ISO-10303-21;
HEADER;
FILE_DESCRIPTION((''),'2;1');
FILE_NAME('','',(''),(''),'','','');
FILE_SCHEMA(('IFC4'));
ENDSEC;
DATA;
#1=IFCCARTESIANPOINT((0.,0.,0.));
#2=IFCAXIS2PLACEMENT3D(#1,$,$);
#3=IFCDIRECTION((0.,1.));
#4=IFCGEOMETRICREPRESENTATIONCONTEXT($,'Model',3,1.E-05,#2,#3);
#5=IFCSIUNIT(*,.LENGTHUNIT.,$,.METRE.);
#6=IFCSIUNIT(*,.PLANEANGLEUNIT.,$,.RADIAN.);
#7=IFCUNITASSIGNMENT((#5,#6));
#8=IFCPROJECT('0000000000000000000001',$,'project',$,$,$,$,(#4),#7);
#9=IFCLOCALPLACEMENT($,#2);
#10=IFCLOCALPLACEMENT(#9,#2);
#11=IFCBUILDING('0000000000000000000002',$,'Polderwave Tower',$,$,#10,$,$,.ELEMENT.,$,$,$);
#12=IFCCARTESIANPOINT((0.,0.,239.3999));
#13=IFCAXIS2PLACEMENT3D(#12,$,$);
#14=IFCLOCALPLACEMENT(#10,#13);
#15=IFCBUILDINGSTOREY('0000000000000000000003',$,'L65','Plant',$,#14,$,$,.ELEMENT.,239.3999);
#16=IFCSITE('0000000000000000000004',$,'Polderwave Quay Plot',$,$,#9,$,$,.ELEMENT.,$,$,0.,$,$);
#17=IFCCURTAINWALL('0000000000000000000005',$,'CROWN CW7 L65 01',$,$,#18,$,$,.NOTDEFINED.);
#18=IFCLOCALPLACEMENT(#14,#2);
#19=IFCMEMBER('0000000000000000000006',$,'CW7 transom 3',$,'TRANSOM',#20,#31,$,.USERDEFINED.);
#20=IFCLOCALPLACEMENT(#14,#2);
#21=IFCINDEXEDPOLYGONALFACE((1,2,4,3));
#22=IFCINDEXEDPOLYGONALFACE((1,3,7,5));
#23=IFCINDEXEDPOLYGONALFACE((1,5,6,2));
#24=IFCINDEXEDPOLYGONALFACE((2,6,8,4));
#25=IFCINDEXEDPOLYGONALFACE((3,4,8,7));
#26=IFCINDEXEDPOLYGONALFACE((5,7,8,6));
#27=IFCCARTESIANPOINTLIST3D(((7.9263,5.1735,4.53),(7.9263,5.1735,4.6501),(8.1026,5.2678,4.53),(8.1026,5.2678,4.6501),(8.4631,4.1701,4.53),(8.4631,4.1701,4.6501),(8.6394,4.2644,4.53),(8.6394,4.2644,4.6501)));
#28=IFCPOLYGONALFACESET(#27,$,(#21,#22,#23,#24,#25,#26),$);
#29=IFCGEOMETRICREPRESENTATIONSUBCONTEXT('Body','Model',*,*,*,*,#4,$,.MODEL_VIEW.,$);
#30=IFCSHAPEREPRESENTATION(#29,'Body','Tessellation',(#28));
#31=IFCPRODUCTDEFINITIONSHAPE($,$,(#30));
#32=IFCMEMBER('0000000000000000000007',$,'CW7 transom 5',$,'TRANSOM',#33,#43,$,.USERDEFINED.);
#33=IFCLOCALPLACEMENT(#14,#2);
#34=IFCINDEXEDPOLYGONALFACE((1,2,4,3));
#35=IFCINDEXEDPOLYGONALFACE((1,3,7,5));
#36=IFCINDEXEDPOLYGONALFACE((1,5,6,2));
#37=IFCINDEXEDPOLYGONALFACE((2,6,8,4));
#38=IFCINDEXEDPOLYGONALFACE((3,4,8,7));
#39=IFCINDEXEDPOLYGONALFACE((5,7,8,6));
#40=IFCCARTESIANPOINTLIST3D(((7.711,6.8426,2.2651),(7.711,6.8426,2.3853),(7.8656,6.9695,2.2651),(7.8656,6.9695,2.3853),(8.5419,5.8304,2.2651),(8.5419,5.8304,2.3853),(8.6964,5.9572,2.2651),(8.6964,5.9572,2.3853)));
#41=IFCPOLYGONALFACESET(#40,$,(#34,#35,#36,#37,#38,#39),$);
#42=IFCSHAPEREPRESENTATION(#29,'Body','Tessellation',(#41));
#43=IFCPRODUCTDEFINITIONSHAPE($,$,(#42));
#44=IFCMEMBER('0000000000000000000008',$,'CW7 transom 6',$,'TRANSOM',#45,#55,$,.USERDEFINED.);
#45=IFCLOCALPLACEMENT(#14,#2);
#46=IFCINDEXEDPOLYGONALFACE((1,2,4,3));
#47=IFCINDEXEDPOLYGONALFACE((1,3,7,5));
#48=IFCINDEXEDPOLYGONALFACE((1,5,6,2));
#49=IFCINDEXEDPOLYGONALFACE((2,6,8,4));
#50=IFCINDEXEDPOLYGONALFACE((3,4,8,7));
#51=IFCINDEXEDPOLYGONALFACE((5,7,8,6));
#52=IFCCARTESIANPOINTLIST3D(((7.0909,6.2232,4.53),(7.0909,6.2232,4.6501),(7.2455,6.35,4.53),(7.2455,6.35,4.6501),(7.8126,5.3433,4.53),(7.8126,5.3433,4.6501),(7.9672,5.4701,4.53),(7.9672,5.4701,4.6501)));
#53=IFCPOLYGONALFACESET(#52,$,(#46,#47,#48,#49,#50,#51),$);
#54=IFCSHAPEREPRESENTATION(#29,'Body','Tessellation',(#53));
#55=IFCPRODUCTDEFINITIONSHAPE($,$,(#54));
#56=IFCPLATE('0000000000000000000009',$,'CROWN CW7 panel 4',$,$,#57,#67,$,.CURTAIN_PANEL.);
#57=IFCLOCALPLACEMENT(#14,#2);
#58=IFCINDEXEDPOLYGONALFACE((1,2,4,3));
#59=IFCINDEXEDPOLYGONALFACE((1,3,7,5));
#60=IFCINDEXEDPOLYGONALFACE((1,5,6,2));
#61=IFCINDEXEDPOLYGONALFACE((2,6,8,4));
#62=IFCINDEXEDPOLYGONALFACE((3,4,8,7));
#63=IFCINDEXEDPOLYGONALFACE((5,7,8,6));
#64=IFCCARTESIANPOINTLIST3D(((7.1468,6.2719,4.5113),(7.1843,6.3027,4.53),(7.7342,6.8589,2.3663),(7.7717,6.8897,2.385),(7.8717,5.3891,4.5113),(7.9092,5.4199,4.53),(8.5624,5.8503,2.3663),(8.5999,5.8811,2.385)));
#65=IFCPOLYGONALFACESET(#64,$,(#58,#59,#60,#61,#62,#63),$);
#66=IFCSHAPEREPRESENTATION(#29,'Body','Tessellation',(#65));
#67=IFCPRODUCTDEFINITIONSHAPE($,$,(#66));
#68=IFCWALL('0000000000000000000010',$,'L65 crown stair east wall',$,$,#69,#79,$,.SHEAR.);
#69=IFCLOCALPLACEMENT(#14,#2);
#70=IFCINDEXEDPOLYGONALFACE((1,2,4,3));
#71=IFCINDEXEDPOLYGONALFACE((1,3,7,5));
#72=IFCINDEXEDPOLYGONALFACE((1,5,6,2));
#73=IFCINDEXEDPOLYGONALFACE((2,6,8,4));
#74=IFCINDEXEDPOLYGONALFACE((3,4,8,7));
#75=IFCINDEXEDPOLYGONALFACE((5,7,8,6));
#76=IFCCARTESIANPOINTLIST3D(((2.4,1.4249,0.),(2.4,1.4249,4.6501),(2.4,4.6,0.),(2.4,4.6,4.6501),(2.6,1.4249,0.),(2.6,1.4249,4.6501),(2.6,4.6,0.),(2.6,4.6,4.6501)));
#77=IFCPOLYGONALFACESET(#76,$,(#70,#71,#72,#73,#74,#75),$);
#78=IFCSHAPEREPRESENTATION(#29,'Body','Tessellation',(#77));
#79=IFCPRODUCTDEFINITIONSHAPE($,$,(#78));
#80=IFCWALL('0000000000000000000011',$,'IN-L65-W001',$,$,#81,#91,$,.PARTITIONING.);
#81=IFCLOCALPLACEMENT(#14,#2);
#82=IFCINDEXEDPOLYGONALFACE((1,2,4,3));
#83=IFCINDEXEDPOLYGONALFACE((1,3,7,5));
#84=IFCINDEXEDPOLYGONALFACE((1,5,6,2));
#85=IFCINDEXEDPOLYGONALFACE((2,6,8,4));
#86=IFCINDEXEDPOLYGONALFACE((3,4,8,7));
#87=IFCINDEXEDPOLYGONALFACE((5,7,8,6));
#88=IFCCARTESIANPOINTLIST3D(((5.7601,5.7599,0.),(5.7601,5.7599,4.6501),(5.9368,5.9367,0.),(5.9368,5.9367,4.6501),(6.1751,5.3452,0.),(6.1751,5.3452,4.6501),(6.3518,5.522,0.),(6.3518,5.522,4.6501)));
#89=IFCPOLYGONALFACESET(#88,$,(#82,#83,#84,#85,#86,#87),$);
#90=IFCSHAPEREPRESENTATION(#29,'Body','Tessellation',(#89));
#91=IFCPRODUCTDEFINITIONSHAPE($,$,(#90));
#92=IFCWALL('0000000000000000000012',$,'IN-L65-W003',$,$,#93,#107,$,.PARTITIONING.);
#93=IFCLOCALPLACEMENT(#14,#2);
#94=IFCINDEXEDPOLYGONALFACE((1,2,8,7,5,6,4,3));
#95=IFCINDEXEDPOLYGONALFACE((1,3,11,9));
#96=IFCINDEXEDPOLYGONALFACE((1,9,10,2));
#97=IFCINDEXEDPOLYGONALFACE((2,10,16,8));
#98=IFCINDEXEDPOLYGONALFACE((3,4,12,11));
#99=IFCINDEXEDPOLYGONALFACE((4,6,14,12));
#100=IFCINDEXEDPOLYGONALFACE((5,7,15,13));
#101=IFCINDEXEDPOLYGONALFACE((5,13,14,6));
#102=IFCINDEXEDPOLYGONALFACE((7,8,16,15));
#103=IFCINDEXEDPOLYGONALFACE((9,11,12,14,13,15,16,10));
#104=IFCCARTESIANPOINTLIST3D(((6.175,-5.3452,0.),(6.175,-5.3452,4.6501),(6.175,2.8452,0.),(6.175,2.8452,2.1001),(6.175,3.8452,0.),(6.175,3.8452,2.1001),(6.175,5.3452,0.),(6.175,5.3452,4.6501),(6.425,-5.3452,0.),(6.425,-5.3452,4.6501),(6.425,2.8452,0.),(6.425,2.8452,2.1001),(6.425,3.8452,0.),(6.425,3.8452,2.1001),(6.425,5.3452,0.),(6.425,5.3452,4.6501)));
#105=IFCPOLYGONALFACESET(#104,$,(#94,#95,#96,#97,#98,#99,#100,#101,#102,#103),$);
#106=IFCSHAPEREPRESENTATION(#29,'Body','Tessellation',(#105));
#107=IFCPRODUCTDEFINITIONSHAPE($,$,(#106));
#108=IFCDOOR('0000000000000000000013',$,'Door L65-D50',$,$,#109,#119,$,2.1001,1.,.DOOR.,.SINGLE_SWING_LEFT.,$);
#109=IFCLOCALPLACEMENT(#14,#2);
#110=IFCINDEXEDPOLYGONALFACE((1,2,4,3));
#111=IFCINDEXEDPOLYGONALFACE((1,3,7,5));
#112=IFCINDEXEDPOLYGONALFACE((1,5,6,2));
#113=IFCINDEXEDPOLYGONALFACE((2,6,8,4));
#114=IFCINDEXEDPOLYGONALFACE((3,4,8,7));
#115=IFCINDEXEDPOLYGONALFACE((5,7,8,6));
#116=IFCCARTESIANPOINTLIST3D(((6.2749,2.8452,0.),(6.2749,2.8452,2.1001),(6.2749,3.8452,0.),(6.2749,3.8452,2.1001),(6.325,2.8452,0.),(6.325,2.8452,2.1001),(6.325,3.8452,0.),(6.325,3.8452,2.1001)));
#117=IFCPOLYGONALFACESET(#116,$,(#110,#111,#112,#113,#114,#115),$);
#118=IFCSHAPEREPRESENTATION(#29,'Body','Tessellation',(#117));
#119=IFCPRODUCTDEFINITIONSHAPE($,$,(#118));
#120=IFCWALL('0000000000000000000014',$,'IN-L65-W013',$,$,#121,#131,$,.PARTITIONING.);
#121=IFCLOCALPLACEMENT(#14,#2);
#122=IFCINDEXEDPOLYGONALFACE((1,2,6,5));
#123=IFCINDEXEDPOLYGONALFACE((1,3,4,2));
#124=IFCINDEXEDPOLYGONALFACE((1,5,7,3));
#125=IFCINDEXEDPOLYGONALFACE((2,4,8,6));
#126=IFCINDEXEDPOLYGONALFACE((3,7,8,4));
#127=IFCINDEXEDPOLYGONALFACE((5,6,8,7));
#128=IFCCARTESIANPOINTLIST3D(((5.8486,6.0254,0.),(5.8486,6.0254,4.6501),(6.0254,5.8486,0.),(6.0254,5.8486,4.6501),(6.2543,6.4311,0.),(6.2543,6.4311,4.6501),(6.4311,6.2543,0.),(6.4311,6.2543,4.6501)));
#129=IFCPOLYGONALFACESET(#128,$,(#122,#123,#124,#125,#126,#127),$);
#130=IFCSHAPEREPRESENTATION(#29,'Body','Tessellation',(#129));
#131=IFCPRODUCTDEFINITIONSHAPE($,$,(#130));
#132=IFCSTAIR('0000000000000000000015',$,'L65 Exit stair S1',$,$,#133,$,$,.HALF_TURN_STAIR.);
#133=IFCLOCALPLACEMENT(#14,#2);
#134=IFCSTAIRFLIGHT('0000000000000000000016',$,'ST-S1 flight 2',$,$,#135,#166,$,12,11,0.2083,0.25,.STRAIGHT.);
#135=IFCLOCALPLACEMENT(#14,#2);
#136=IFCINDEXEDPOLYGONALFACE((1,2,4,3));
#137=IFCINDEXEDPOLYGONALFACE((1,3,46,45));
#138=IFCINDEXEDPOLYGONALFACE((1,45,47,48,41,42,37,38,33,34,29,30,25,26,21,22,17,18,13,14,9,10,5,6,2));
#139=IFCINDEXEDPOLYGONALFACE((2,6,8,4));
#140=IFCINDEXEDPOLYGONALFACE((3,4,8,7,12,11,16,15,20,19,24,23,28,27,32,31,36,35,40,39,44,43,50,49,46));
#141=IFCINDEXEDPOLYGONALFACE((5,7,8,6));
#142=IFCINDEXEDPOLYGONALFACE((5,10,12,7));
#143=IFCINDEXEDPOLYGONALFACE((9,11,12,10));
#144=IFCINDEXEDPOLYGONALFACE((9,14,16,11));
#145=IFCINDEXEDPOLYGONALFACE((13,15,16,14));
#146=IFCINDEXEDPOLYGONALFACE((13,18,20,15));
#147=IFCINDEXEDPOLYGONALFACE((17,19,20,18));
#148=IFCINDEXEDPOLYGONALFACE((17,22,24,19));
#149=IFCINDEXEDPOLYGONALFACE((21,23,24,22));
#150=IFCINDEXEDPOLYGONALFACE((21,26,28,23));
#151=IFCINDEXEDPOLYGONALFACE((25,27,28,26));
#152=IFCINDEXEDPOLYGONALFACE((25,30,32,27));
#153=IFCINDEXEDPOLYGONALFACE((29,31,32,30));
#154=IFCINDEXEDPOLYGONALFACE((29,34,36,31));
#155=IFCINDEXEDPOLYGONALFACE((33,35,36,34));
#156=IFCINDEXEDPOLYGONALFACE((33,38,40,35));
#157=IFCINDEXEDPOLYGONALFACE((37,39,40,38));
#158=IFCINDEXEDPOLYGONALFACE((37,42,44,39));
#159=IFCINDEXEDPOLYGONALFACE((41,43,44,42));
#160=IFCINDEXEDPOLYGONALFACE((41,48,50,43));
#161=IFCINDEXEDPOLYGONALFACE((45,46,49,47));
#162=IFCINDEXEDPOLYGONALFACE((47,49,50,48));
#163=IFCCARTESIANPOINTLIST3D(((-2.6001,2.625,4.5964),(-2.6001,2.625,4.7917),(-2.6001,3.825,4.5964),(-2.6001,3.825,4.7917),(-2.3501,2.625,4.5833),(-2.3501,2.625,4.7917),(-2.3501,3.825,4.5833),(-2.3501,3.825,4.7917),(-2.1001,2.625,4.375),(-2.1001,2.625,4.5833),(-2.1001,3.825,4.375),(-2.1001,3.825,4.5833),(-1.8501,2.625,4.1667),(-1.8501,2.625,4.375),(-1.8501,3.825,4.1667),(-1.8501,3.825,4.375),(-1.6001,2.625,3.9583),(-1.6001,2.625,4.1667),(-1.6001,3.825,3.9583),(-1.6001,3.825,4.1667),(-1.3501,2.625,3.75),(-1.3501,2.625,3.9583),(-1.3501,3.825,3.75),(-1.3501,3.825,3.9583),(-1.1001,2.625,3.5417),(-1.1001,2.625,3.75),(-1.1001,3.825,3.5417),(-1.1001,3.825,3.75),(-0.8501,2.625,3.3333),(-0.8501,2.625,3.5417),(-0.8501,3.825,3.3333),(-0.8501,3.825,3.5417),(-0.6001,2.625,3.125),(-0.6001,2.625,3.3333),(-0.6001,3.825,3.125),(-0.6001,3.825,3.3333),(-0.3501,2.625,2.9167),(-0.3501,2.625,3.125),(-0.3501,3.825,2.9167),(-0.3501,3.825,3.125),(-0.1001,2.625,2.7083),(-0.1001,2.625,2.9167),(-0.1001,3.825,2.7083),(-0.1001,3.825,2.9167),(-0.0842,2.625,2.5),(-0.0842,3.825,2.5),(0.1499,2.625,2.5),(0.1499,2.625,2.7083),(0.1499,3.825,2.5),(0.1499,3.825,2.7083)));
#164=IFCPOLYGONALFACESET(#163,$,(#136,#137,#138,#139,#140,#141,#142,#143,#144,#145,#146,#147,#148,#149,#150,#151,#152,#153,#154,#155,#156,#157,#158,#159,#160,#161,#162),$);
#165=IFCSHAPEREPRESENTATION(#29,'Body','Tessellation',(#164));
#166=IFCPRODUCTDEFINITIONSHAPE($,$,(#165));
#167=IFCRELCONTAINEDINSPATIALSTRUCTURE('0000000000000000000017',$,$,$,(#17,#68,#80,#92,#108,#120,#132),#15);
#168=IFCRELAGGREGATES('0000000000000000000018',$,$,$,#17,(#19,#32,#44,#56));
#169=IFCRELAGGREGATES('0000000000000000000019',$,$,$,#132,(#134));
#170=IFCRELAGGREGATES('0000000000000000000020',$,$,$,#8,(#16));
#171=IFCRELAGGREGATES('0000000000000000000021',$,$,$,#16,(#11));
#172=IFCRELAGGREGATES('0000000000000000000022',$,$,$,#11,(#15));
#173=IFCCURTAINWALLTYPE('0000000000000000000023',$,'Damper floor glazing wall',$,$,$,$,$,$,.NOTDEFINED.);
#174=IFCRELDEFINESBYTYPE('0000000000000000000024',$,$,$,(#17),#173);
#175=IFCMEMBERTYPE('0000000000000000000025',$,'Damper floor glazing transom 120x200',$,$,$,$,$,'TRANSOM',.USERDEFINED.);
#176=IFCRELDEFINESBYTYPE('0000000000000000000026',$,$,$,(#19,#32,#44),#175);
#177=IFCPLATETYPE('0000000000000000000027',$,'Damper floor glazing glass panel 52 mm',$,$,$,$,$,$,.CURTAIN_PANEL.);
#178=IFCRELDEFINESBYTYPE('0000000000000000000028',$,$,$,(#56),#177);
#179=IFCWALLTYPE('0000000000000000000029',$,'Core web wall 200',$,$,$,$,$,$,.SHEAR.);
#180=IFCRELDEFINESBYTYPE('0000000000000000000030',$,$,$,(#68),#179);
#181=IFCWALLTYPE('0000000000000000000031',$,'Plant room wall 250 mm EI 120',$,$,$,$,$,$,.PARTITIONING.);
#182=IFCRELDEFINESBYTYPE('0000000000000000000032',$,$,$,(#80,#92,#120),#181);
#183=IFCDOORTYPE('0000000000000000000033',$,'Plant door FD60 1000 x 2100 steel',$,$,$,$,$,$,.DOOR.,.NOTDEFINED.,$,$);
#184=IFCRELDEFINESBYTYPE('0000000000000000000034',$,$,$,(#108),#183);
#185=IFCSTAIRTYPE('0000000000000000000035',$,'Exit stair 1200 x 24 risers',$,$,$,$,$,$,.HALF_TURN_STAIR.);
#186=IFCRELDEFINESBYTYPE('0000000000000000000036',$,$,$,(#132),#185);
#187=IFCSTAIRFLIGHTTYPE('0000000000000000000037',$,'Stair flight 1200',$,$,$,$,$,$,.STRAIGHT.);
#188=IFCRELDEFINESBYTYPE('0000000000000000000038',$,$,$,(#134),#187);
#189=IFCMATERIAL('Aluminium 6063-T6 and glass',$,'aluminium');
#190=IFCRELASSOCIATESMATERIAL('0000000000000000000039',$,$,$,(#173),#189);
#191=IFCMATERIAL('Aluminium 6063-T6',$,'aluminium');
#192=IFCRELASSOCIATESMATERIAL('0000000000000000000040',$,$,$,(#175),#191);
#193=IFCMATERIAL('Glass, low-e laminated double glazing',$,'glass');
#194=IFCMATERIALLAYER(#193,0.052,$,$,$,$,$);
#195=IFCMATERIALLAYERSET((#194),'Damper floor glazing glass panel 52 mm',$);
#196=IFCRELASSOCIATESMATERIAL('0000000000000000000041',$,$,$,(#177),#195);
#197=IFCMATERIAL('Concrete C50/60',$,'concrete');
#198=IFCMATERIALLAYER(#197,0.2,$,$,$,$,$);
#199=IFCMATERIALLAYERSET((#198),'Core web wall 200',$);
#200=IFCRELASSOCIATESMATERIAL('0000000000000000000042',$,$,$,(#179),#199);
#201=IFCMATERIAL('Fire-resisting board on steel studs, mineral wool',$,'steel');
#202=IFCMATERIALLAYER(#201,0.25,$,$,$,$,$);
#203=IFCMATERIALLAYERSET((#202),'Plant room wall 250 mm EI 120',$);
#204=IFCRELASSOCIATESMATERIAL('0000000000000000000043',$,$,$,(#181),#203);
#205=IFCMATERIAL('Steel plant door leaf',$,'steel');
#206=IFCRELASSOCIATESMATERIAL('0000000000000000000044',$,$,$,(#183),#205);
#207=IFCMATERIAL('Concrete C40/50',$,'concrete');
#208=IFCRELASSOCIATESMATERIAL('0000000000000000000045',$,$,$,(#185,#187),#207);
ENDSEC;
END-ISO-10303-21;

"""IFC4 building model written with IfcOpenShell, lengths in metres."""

from ifc_helpers import new_model, si_unit, direction, frame, frame_2d, origin, origin_2d, place, context, subcontext, project, spatial, polyline, rectangle, outline, extrude, material, layer, layer_set, material_profile, profile_set, type_object, element, fill, aggregate, save


model = new_model("IFC4")

# Units and contexts
model_context = context("Model", 3, precision=1e-05, world=origin(), true_north=direction((0.0, 1.0)))
body_context = subcontext(model_context, "Body", "Model", "MODEL_VIEW")
ifc_project = project(units=[si_unit("LENGTHUNIT", "METRE"), si_unit("PLANEANGLEUNIT", "RADIAN")], contexts=[model_context])

# Site, building, storey
site_placement = place(None, origin())
site = spatial("IfcSite", under=ifc_project, at=site_placement, Name="Polderwave Quay Plot", CompositionType="ELEMENT", RefElevation=0.0)
building_placement = place(site_placement, origin())
building = spatial("IfcBuilding", under=site, at=building_placement, Name="Polderwave Tower", CompositionType="ELEMENT")
storey_placement = place(building_placement, frame((0.0, 0.0, 239.3999)))
storey = spatial("IfcBuildingStorey", under=building, at=storey_placement, Name="L65", Description="Plant", CompositionType="ELEMENT", Elevation=239.3999)

# Curtain wall, members, plate
ifc_material_1 = material(Name="Aluminium 6063-T6 and glass", Category="aluminium")
curtain_wall_type = type_object("IfcCurtainWallType", Name="Damper floor glazing wall", PredefinedType="NOTDEFINED", material=ifc_material_1)
curtain_wall_placement = place(storey_placement, origin())
curtain_wall = element("IfcCurtainWall", 1, at=curtain_wall_placement, inside=storey, type_object=curtain_wall_type, Name="CROWN CW7 L65 01", PredefinedType="NOTDEFINED")
ifc_material_2 = material(Name="Aluminium 6063-T6", Category="aluminium")
ifc_material_profile = material_profile(ifc_material_2, rectangle(XDim=0.2, YDim=0.1201, at=origin_2d()), Name="AL 120x200")
ifc_profile_set = profile_set([ifc_material_profile], Name="Aluminium 6063-T6")
member_type = type_object("IfcMemberType", Name="Damper floor glazing transom 120x200", ElementType="TRANSOM", PredefinedType="USERDEFINED", material=ifc_profile_set)
member_1_placement = place(storey_placement, frame((8.5513, 4.2173, 4.5901), z_axis=(-0.471757, 0.881729, 0.0), x_axis=(-0.881729, -0.471757, 0.0)))
member_1 = element("IfcMember", 2, at=member_1_placement, type_object=member_type, Name="CW7 transom 3", ObjectType="TRANSOM", PredefinedType="USERDEFINED", context=body_context, shape_type="SweptSolid", body=[
    extrude(rectangle(XDim=0.2, YDim=0.1201, at=origin_2d()), origin(), (0.0, 0.0, 1.0), 1.1379),
])
member_2_placement = place(storey_placement, frame((8.6191, 5.8938, 2.3252), z_axis=(-0.634445, 0.772968, 0.0), x_axis=(-0.772968, -0.634445, 0.0)))
member_2 = element("IfcMember", 3, at=member_2_placement, type_object=member_type, Name="CW7 transom 5", ObjectType="TRANSOM", PredefinedType="USERDEFINED", context=body_context, shape_type="SweptSolid", body=[
    extrude(rectangle(XDim=0.2, YDim=0.1201, at=origin_2d()), origin(), (0.0, 0.0, 1.0), 1.3096),
])
member_3_placement = place(storey_placement, frame((7.8899, 5.4067, 4.5901), z_axis=(-0.634172, 0.773192, 0.0), x_axis=(-0.773192, -0.634172, 0.0)))
member_3 = element("IfcMember", 4, at=member_3_placement, type_object=member_type, Name="CW7 transom 6", ObjectType="TRANSOM", PredefinedType="USERDEFINED", context=body_context, shape_type="SweptSolid", body=[
    extrude(rectangle(XDim=0.2, YDim=0.1201, at=origin_2d()), origin(), (0.0, 0.0, 1.0), 1.1379),
])
ifc_material_3 = material(Name="Glass, low-e laminated double glazing", Category="glass")
ifc_layer_1 = layer(ifc_material_3, 0.052)
ifc_layer_set_1 = layer_set([ifc_layer_1], Name="Damper floor glazing glass panel 52 mm")
plate_type = type_object("IfcPlateType", Name="Damper floor glazing glass panel 52 mm", PredefinedType="CURTAIN_PANEL", material=ifc_layer_set_1)
plate_placement = place(storey_placement, frame((8.5999, 5.8811, 2.385), z_axis=(0.721179, 0.592154, 0.35952), x_axis=(-0.634585, 0.772853, 0.000003)))
plate = element("IfcPlate", 5, at=plate_placement, type_object=plate_type, Name="CROWN CW7 panel 4", PredefinedType="CURTAIN_PANEL", context=body_context, shape_type="SweptSolid", body=[
    extrude(outline(polyline([(0.0, 0.0), (1.305, 0.0), (1.2241, 2.2987), (0.0819, 2.2987), (0.0, 0.0)])), origin(), (0.0, 0.0, -1.0), 0.052),
])
aggregate(curtain_wall, [member_1, member_2, member_3, plate])

# Walls
ifc_material_4 = material(Name="Concrete C50/60", Category="concrete")
ifc_layer_2 = layer(ifc_material_4, 0.2)
ifc_layer_set_2 = layer_set([ifc_layer_2], Name="Core web wall 200")
wall_type_1 = type_object("IfcWallType", Name="Core web wall 200", PredefinedType="SHEAR", material=ifc_layer_set_2)
wall_1_placement = place(storey_placement, frame((2.5, 1.425, 0.0), z_axis=(0.0, 0.0, 1.0), x_axis=(0.0, 1.0, 0.0)))
element("IfcWall", 6, at=wall_1_placement, inside=storey, type_object=wall_type_1, Name="L65 crown stair east wall", PredefinedType="SHEAR", context=body_context, shape_type="SweptSolid", body=[
    extrude(rectangle(XDim=3.175, YDim=0.2, at=frame_2d((1.5874, 0.0))), origin(), (0.0, 0.0, 1.0), 4.6501),
])
ifc_material_5 = material(Name="Fire-resisting board on steel studs, mineral wool", Category="steel")
ifc_layer_3 = layer(ifc_material_5, 0.25)
ifc_layer_set_3 = layer_set([ifc_layer_3], Name="Plant room wall 250 mm EI 120")
wall_type_2 = type_object("IfcWallType", Name="Plant room wall 250 mm EI 120", PredefinedType="PARTITIONING", material=ifc_layer_set_3)
wall_2_placement = place(storey_placement, frame((5.8484, 5.8484, 0.0), z_axis=(0.0, 0.0, 1.0), x_axis=(0.707315, -0.706899, 0.0)))
element("IfcWall", 7, at=wall_2_placement, inside=storey, type_object=wall_type_2, Name="IN-L65-W001", PredefinedType="PARTITIONING", context=body_context, shape_type="SweptSolid", body=[
    extrude(rectangle(XDim=0.5867, YDim=0.25, at=frame_2d((0.2935, 0.0))), origin(), (0.0, 0.0, 1.0), 4.6501),
])

# Wall, opening, door
wall_3_placement = place(storey_placement, frame((6.3, 5.3452, 0.0), z_axis=(0.0, 0.0, 1.0), x_axis=(0.0, -1.0, 0.0)))
wall_3 = element("IfcWall", 8, at=wall_3_placement, inside=storey, type_object=wall_type_2, Name="IN-L65-W003", PredefinedType="PARTITIONING", context=body_context, shape_type="SweptSolid", body=[
    extrude(rectangle(XDim=10.6904, YDim=0.25, at=frame_2d((5.3452, 0.0))), origin(), (0.0, 0.0, 1.0), 4.6501),
])
opening_placement = place(wall_3_placement, frame((1.5, 0.0, 0.0)))
opening = element("IfcOpeningElement", 9, at=opening_placement, cuts=wall_3, PredefinedType="OPENING", context=body_context, shape_type="SweptSolid", body=[
    extrude(rectangle(XDim=1.0, YDim=2.1001, at=frame_2d((0.5, 1.05))), frame((0.0, 0.135, 0.0), z_axis=(0.0, -1.0, 0.0), x_axis=(1.0, 0.0, 0.0)), (0.0, 0.0, 1.0), 0.27),
])
ifc_material_6 = material(Name="Steel plant door leaf", Category="steel")
door_type = type_object("IfcDoorType", Name="Plant door FD60 1000 x 2100 steel", OperationType="NOTDEFINED", PredefinedType="DOOR", material=ifc_material_6)
door_placement = place(opening_placement, origin())
door = element("IfcDoor", 10, at=door_placement, inside=storey, type_object=door_type, Name="Door L65-D50", OperationType="SINGLE_SWING_LEFT", OverallHeight=2.1001, OverallWidth=1.0, PredefinedType="DOOR", context=body_context, shape_type="SweptSolid", body=[
    extrude(rectangle(XDim=1.0, YDim=2.1001, at=frame_2d((0.5, 1.05))), frame((0.0, 0.0249, 0.0), z_axis=(0.0, -1.0, 0.0), x_axis=(1.0, 0.0, 0.0)), (0.0, 0.0, 1.0), 0.05),
])
fill(opening, door)

# Wall
wall_4_placement = place(storey_placement, frame((5.937, 5.937, 0.0), z_axis=(0.0, 0.0, 1.0), x_axis=(0.707107, 0.707107, 0.0)))
element("IfcWall", 11, at=wall_4_placement, inside=storey, type_object=wall_type_2, Name="IN-L65-W013", PredefinedType="PARTITIONING", context=body_context, shape_type="SweptSolid", body=[
    extrude(rectangle(XDim=0.5737, YDim=0.25, at=frame_2d((0.2869, 0.0))), origin(), (0.0, 0.0, 1.0), 4.6501),
])

# Stair, stair flight
ifc_material_7 = material(Name="Concrete C40/50", Category="concrete")
stair_type = type_object("IfcStairType", Name="Exit stair 1200 x 24 risers", PredefinedType="HALF_TURN_STAIR", material=ifc_material_7)
stair_placement = place(storey_placement, origin())
stair = element("IfcStair", 12, at=stair_placement, inside=storey, type_object=stair_type, Name="L65 Exit stair S1", PredefinedType="HALF_TURN_STAIR")
stair_flight_type = type_object("IfcStairFlightType", Name="Stair flight 1200", PredefinedType="STRAIGHT", material=ifc_material_7)
stair_flight_placement = place(storey_placement, frame((0.1499, 3.2251, 2.5), z_axis=(0.0, 0.0, 1.0), x_axis=(-1.0, 0.0, 0.0)))
stair_flight = element("IfcStairFlight", 13, at=stair_flight_placement, type_object=stair_flight_type, Name="ST-S1 flight 2", NumberOfRisers=12, NumberOfTreads=11, PredefinedType="STRAIGHT", RiserHeight=0.2083, TreadLength=0.25, context=body_context, shape_type="SweptSolid", body=[
    extrude(outline(polyline([(0.0, 0.0), (0.0, 0.2083), (0.25, 0.2083), (0.25, 0.4167), (0.5, 0.4167), (0.5, 0.625), (0.75, 0.625), (0.75, 0.8333), (1.0, 0.8333), (1.0, 1.0417), (1.25, 1.0417), (1.25, 1.25), (1.5, 1.25), (1.5, 1.4583), (1.75, 1.4583), (1.75, 1.6667), (2.0, 1.6667), (2.0, 1.875), (2.25, 1.875), (2.25, 2.0833), (2.5, 2.0833), (2.5, 2.2917), (2.75, 2.2917), (2.75, 2.5), (2.75, 2.0964), (0.2341, 0.0), (0.0, 0.0)])), frame((0.0, 0.6001, 0.0), z_axis=(0.0, -1.0, 0.0), x_axis=(1.0, 0.0, 0.0)), (0.0, 0.0, 1.0), 1.2),
])
aggregate(stair, [stair_flight])

save(model, "model.ifc")
